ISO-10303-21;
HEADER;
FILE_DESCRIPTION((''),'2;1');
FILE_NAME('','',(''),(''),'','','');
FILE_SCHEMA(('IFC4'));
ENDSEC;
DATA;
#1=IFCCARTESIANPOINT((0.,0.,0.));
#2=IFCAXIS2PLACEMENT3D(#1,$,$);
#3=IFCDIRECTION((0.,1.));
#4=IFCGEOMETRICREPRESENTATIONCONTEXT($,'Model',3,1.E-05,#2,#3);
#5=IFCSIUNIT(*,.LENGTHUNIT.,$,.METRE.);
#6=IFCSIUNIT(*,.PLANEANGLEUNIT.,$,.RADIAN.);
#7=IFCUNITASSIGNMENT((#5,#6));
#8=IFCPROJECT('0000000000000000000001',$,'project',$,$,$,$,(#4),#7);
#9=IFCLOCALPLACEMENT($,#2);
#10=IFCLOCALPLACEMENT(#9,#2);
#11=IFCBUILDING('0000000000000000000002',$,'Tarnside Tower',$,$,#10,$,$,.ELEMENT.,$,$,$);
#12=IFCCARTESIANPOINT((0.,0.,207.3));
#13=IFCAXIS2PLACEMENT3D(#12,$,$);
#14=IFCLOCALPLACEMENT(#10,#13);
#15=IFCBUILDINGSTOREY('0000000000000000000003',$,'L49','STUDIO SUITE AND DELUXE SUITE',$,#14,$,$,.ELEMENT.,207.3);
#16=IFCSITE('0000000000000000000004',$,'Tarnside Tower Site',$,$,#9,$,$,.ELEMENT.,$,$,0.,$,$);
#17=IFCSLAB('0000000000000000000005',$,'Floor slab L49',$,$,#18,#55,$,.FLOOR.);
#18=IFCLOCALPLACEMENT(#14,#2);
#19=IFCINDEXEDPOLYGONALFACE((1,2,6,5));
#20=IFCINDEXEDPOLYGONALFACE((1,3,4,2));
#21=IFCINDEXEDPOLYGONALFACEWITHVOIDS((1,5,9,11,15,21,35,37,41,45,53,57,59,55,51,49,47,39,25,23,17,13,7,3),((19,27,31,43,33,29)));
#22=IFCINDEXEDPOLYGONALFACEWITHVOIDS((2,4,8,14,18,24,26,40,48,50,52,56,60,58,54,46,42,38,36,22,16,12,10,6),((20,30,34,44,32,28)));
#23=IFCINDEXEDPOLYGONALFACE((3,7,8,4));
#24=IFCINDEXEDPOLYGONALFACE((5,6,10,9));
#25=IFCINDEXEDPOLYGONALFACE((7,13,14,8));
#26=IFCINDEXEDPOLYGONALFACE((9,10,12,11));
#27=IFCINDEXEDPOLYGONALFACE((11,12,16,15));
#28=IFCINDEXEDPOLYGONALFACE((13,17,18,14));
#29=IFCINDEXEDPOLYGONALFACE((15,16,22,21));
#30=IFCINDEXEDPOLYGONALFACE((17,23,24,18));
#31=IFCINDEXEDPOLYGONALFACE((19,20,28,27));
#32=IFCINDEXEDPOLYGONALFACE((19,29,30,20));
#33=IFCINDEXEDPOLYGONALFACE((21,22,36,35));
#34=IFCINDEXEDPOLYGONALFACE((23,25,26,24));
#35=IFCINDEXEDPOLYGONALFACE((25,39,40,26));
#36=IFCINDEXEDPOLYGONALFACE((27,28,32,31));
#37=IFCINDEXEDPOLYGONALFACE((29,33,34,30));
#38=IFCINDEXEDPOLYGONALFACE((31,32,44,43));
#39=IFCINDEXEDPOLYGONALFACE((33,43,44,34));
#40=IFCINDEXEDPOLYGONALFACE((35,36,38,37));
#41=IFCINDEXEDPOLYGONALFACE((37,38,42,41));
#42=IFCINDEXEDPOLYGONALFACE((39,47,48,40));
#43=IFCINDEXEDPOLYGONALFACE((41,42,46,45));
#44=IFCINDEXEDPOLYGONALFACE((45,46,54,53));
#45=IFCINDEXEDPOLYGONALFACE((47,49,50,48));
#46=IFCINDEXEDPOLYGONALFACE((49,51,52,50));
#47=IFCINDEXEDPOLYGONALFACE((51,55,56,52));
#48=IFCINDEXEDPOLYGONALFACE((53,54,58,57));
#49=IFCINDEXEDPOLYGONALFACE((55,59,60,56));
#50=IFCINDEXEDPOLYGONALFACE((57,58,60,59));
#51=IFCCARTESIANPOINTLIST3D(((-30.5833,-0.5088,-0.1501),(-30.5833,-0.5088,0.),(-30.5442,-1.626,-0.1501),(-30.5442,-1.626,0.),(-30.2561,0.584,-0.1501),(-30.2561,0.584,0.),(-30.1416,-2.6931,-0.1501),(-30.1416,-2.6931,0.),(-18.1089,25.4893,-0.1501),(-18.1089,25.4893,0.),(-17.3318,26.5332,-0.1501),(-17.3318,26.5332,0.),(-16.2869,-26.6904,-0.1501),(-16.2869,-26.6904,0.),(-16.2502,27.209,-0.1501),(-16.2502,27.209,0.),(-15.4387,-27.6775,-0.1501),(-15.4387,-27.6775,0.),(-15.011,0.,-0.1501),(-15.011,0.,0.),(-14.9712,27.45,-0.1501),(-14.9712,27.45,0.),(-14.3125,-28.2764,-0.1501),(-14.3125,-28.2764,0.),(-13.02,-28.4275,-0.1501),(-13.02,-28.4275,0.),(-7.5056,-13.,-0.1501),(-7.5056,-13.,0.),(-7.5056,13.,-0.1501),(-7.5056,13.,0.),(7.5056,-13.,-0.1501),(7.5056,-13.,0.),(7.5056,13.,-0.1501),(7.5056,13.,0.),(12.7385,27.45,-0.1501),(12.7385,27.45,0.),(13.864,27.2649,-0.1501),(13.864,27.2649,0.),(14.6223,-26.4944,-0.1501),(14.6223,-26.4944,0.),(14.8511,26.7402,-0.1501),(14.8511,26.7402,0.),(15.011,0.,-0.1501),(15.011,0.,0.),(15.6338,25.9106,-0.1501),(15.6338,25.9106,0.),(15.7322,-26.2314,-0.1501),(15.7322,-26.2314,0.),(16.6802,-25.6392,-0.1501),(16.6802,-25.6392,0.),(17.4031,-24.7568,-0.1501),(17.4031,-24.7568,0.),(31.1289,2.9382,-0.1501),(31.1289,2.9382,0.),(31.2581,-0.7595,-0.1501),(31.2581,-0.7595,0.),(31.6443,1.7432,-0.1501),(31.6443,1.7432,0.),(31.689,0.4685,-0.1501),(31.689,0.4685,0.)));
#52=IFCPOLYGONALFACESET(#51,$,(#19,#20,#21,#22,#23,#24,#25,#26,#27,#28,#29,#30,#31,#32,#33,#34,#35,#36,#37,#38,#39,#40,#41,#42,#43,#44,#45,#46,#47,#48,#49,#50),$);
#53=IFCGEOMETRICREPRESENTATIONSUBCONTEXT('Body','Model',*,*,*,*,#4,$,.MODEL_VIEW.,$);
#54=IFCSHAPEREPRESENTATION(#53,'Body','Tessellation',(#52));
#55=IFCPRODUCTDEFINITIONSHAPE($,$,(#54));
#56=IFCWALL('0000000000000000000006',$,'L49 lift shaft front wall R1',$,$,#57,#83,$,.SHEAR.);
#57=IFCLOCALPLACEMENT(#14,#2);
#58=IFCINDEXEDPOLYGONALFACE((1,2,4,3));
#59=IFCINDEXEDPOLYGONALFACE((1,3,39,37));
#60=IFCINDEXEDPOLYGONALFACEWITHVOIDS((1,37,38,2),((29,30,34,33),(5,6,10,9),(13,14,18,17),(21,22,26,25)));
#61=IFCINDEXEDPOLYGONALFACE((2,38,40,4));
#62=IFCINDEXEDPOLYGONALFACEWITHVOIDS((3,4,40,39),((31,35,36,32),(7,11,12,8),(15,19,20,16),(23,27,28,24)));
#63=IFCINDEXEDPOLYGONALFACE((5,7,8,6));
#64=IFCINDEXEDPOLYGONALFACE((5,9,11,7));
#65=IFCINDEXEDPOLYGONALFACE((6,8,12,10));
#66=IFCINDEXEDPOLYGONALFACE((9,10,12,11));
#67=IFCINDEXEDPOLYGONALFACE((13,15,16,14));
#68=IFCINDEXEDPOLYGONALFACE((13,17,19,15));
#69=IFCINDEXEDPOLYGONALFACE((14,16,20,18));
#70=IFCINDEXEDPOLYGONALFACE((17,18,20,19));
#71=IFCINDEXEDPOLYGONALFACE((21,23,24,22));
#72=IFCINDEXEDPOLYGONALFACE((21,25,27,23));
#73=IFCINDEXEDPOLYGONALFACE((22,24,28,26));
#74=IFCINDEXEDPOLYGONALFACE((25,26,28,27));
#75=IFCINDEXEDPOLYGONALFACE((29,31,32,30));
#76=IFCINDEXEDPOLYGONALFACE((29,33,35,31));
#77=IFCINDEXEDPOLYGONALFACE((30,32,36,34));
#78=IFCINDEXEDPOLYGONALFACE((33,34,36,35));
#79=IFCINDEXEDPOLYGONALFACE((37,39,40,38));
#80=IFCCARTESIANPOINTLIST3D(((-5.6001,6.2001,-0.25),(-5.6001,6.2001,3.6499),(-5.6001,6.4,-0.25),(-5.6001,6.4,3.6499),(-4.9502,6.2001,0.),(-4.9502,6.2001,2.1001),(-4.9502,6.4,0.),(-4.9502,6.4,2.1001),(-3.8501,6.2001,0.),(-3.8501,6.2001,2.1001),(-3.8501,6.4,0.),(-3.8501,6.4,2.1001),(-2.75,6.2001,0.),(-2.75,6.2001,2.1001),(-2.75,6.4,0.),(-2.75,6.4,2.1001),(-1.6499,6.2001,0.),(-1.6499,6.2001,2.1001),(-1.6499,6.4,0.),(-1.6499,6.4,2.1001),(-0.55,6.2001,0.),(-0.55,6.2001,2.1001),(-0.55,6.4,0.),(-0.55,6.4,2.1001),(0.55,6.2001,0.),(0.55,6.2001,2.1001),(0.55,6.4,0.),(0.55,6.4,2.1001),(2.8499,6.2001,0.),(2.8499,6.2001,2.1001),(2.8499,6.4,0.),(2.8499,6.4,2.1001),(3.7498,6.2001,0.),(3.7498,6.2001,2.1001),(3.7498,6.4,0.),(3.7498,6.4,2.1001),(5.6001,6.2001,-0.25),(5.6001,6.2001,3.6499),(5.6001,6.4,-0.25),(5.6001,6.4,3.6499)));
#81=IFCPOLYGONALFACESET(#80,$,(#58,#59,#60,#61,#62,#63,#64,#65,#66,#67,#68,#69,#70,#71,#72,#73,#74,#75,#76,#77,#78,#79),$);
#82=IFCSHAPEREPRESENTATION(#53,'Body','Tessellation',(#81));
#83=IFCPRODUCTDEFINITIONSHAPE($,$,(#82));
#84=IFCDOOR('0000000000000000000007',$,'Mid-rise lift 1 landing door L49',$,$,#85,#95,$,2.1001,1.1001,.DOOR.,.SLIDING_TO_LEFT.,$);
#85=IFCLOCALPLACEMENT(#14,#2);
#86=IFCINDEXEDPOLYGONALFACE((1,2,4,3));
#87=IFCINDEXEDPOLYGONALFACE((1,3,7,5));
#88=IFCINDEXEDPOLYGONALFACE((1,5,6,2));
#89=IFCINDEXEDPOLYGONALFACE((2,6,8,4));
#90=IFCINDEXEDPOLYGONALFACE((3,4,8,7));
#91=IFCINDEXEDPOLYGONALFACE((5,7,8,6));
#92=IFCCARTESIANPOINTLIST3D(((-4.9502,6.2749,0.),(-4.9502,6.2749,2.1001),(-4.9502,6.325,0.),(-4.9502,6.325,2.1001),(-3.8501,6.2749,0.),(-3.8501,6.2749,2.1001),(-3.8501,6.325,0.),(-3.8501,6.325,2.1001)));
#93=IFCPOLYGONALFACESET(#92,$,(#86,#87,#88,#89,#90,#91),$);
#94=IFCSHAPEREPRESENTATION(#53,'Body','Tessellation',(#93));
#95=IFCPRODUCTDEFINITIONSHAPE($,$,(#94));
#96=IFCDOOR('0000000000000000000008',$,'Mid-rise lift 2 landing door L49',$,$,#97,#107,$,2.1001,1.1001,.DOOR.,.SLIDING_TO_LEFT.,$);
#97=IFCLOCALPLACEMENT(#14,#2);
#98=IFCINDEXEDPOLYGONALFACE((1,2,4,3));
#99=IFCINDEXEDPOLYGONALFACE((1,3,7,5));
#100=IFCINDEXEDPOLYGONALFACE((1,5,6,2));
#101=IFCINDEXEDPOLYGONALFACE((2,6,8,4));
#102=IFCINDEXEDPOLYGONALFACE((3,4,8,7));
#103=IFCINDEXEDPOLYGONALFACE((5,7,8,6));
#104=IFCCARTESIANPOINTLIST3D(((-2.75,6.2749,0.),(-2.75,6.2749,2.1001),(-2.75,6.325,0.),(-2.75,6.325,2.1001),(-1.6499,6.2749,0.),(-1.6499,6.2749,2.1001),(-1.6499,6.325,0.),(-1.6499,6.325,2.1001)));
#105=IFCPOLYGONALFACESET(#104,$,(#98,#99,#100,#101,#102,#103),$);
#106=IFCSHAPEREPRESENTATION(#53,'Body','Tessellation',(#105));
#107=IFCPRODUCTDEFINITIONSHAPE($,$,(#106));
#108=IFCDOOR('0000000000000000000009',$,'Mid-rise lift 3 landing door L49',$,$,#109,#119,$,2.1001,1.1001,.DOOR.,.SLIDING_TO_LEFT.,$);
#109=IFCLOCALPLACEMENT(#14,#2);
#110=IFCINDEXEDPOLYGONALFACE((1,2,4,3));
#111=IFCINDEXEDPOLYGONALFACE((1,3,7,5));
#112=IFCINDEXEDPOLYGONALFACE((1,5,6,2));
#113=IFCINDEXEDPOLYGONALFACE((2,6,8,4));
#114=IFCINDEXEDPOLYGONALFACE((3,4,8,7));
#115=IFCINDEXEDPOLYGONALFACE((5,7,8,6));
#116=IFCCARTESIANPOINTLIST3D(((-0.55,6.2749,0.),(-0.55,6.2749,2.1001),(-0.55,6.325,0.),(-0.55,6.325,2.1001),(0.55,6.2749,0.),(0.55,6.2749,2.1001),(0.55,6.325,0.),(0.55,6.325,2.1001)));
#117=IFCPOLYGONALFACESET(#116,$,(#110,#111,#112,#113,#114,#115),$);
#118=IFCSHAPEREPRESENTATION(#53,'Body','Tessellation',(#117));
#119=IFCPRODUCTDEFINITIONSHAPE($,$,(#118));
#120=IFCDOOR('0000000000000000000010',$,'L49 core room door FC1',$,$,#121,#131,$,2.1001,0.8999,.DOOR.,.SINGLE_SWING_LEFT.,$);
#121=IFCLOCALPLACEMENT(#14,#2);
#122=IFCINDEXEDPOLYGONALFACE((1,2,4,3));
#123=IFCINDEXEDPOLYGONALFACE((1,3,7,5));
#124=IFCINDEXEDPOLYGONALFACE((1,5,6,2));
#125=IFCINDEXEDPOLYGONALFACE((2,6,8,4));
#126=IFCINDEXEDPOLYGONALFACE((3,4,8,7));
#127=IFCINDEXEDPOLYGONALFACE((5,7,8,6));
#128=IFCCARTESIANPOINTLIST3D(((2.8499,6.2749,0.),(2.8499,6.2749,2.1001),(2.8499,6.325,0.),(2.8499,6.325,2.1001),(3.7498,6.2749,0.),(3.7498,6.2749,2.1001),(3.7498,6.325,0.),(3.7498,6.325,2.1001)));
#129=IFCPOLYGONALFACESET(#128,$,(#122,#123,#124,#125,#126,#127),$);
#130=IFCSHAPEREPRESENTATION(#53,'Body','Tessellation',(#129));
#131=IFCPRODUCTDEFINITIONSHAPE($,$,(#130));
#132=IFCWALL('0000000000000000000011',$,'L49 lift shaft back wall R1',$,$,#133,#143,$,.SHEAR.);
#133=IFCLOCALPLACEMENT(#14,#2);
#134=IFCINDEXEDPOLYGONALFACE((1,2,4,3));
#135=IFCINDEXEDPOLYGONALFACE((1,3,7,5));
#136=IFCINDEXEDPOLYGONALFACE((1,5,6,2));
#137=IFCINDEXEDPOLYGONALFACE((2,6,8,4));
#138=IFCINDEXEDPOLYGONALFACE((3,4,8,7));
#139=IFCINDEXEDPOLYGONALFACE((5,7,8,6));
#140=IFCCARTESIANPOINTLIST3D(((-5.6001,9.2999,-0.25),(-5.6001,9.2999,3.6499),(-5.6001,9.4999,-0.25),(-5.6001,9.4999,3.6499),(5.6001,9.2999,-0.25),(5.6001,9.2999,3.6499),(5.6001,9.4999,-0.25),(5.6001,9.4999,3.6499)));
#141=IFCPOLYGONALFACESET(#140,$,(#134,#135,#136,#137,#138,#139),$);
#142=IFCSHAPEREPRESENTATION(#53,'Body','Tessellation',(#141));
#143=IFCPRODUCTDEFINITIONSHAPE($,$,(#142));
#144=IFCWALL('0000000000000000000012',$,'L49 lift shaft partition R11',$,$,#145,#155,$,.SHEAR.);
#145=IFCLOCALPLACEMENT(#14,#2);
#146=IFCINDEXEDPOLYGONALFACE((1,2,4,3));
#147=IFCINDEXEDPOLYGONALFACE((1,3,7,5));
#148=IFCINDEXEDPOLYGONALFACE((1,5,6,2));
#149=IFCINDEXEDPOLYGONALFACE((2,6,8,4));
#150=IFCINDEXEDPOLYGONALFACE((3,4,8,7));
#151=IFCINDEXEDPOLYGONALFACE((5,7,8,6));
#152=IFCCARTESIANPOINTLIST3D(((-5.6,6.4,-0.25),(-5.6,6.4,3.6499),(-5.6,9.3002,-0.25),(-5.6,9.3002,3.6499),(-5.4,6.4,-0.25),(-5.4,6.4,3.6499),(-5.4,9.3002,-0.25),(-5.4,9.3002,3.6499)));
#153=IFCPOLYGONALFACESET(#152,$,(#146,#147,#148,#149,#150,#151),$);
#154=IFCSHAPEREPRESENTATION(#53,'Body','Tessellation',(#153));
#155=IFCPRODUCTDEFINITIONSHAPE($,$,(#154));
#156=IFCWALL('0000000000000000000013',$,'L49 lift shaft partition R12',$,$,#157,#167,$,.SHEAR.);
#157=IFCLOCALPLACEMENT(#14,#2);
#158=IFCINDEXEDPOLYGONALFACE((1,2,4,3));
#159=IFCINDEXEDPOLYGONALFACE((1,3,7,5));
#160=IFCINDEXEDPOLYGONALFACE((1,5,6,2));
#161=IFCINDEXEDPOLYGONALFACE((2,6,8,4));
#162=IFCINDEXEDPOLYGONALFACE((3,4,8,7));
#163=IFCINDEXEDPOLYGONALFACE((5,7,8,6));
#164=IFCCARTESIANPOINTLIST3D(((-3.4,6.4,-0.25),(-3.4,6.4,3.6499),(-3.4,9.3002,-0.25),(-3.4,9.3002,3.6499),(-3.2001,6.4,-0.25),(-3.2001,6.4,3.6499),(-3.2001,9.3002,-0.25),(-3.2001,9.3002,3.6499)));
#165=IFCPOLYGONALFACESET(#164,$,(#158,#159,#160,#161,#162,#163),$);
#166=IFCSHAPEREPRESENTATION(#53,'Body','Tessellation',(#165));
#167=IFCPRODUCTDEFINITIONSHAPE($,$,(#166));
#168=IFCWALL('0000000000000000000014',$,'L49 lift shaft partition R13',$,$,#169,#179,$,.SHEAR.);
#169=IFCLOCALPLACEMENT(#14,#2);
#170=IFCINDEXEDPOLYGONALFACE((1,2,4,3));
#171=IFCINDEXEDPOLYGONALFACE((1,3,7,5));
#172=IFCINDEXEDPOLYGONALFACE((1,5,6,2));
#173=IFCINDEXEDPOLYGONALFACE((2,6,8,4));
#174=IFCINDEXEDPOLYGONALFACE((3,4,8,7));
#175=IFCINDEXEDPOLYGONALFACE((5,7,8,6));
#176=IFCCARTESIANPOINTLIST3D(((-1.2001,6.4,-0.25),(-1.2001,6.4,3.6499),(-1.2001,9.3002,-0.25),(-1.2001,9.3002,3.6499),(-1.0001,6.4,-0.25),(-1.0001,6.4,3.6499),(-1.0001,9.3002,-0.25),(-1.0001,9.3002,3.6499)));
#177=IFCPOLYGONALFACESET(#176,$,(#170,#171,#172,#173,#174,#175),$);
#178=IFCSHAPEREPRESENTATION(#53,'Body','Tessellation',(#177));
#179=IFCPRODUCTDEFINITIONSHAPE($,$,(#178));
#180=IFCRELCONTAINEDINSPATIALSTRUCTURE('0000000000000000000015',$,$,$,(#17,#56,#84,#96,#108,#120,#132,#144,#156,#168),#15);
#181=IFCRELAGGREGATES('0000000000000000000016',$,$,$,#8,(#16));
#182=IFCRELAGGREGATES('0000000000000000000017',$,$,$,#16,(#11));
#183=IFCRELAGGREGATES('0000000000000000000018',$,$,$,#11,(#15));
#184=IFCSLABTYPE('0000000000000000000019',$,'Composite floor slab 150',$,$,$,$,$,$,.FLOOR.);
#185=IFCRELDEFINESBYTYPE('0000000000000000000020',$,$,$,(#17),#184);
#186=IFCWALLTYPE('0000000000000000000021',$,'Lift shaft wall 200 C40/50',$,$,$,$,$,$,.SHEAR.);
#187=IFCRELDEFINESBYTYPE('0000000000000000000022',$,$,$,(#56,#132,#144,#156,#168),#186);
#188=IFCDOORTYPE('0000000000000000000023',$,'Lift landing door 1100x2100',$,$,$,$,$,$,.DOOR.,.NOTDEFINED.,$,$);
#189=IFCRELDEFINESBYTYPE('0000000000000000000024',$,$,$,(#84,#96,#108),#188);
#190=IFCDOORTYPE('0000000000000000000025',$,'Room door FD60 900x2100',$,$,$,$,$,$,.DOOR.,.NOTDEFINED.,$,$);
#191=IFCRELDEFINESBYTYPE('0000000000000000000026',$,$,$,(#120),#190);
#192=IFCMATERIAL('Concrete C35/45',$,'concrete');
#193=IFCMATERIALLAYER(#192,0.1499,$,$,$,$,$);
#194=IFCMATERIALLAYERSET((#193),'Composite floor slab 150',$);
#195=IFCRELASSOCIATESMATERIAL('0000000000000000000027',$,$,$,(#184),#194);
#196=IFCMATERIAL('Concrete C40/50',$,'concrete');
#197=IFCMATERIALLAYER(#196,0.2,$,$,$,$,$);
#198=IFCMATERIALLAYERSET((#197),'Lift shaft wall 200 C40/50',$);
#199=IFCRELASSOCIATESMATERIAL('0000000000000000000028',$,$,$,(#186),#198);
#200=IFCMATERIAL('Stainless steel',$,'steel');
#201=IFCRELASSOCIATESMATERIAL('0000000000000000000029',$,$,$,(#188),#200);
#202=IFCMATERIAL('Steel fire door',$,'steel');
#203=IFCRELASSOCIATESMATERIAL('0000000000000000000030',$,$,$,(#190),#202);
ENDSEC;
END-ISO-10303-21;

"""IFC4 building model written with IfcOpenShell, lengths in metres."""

from ifc_helpers import new_model, si_unit, direction, frame, frame_2d, origin, place, context, subcontext, project, spatial, polyline, rectangle, outline, extrude, material, layer, layer_set, type_object, element, fill, save


model = new_model("IFC4")

# Units and contexts
model_context = context("Model", 3, precision=1e-05, world=origin(), true_north=direction((0.0, 1.0)))
body_context = subcontext(model_context, "Body", "Model", "MODEL_VIEW")
ifc_project = project(units=[si_unit("LENGTHUNIT", "METRE"), si_unit("PLANEANGLEUNIT", "RADIAN")], contexts=[model_context])

# Site, building, storey
site_placement = place(None, origin())
site = spatial("IfcSite", under=ifc_project, at=site_placement, Name="Tarnside Tower Site", CompositionType="ELEMENT", RefElevation=0.0)
building_placement = place(site_placement, origin())
building = spatial("IfcBuilding", under=site, at=building_placement, Name="Tarnside Tower", CompositionType="ELEMENT")
storey_placement = place(building_placement, frame((0.0, 0.0, 207.3)))
storey = spatial("IfcBuildingStorey", under=building, at=storey_placement, Name="L49", Description="STUDIO SUITE AND DELUXE SUITE", CompositionType="ELEMENT", Elevation=207.3)

# Slab
ifc_material_1 = material(Name="Concrete C35/45", Category="concrete")
ifc_layer_1 = layer(ifc_material_1, 0.1499)
ifc_layer_set_1 = layer_set([ifc_layer_1], Name="Composite floor slab 150")
slab_type = type_object("IfcSlabType", Name="Composite floor slab 150", PredefinedType="FLOOR", material=ifc_layer_set_1)
slab_placement = place(storey_placement, frame((0.0, 0.0, -0.1501)))
element("IfcSlab", 1, at=slab_placement, inside=storey, type_object=slab_type, Name="Floor slab L49", PredefinedType="FLOOR", context=body_context, shape_type="SweptSolid", body=[
    extrude(outline(polyline([(13.864, 27.2649), (14.8511, 26.7402), (15.6338, 25.9106), (31.1289, 2.9382), (31.6443, 1.7432), (31.689, 0.4685), (31.2581, -0.7595), (17.4031, -24.7568), (16.6802, -25.6392), (15.7322, -26.2314), (14.6223, -26.4944), (-13.02, -28.4275), (-14.3125, -28.2764), (-15.4387, -27.6775), (-16.2869, -26.6904), (-30.1416, -2.6931), (-30.5442, -1.626), (-30.5833, -0.5088), (-30.2561, 0.584), (-18.1089, 25.4893), (-17.3318, 26.5332), (-16.2502, 27.209), (-14.9712, 27.45), (12.7385, 27.45), (13.864, 27.2649)]), holes=[polyline([(-15.011, 0.0), (-7.5056, -13.0), (7.5056, -13.0), (15.011, 0.0), (7.5056, 13.0), (-7.5056, 13.0), (-15.011, 0.0)])]), origin(), (0.0, 0.0, 1.0), 0.1501),
])

# Wall, openings, doors
ifc_material_2 = material(Name="Concrete C40/50", Category="concrete")
ifc_layer_2 = layer(ifc_material_2, 0.2)
ifc_layer_set_2 = layer_set([ifc_layer_2], Name="Lift shaft wall 200 C40/50")
wall_type = type_object("IfcWallType", Name="Lift shaft wall 200 C40/50", PredefinedType="SHEAR", material=ifc_layer_set_2)
wall_1_placement = place(storey_placement, frame((-5.6001, 6.3, -0.25), z_axis=(0.0, 0.0, 1.0), x_axis=(1.0, 0.0, 0.0)))
wall_1 = element("IfcWall", 2, at=wall_1_placement, inside=storey, type_object=wall_type, Name="L49 lift shaft front wall R1", PredefinedType="SHEAR", context=body_context, shape_type="SweptSolid", body=[
    extrude(rectangle(XDim=11.2002, YDim=0.2, at=frame_2d((5.6001, 0.0))), origin(), (0.0, 0.0, 1.0), 3.8999),
])
opening_1_placement = place(wall_1_placement, frame((8.45, 0.0, 0.25)))
opening_1 = element("IfcOpeningElement", 3, at=opening_1_placement, cuts=wall_1, PredefinedType="OPENING", context=body_context, shape_type="SweptSolid", body=[
    extrude(rectangle(XDim=0.8999, YDim=2.1001, at=frame_2d((0.45, 1.05))), frame((0.0, 0.1099, 0.0), z_axis=(0.0, -1.0, 0.0), x_axis=(1.0, 0.0, 0.0)), (0.0, 0.0, 1.0), 0.22),
])
opening_2_placement = place(wall_1_placement, frame((0.6499, 0.0, 0.25)))
opening_2 = element("IfcOpeningElement", 4, at=opening_2_placement, cuts=wall_1, PredefinedType="OPENING", context=body_context, shape_type="SweptSolid", body=[
    extrude(rectangle(XDim=1.1001, YDim=2.1001, at=frame_2d((0.55, 1.05))), frame((0.0, 0.1099, 0.0), z_axis=(0.0, -1.0, 0.0), x_axis=(1.0, 0.0, 0.0)), (0.0, 0.0, 1.0), 0.22),
])
opening_3_placement = place(wall_1_placement, frame((2.8501, 0.0, 0.25)))
opening_3 = element("IfcOpeningElement", 5, at=opening_3_placement, cuts=wall_1, PredefinedType="OPENING", context=body_context, shape_type="SweptSolid", body=[
    extrude(rectangle(XDim=1.1001, YDim=2.1001, at=frame_2d((0.55, 1.05))), frame((0.0, 0.1099, 0.0), z_axis=(0.0, -1.0, 0.0), x_axis=(1.0, 0.0, 0.0)), (0.0, 0.0, 1.0), 0.22),
])
opening_4_placement = place(wall_1_placement, frame((5.05, 0.0, 0.25)))
opening_4 = element("IfcOpeningElement", 6, at=opening_4_placement, cuts=wall_1, PredefinedType="OPENING", context=body_context, shape_type="SweptSolid", body=[
    extrude(rectangle(XDim=1.1001, YDim=2.1001, at=frame_2d((0.55, 1.05))), frame((0.0, 0.1099, 0.0), z_axis=(0.0, -1.0, 0.0), x_axis=(1.0, 0.0, 0.0)), (0.0, 0.0, 1.0), 0.22),
])
ifc_material_3 = material(Name="Stainless steel", Category="steel")
door_type_1 = type_object("IfcDoorType", Name="Lift landing door 1100x2100", OperationType="NOTDEFINED", PredefinedType="DOOR", material=ifc_material_3)
door_1_placement = place(opening_2_placement, origin())
door_1 = element("IfcDoor", 7, at=door_1_placement, inside=storey, type_object=door_type_1, Name="Mid-rise lift 1 landing door L49", OperationType="SLIDING_TO_LEFT", OverallHeight=2.1001, OverallWidth=1.1001, PredefinedType="DOOR", context=body_context, shape_type="SweptSolid", body=[
    extrude(rectangle(XDim=1.1001, YDim=2.1001, at=frame_2d((0.55, 1.05))), frame((0.0, 0.0249, 0.0), z_axis=(0.0, -1.0, 0.0), x_axis=(1.0, 0.0, 0.0)), (0.0, 0.0, 1.0), 0.05),
])
fill(opening_2, door_1)
door_2_placement = place(opening_3_placement, origin())
door_2 = element("IfcDoor", 8, at=door_2_placement, inside=storey, type_object=door_type_1, Name="Mid-rise lift 2 landing door L49", OperationType="SLIDING_TO_LEFT", OverallHeight=2.1001, OverallWidth=1.1001, PredefinedType="DOOR", context=body_context, shape_type="SweptSolid", body=[
    extrude(rectangle(XDim=1.1001, YDim=2.1001, at=frame_2d((0.55, 1.05))), frame((0.0, 0.0249, 0.0), z_axis=(0.0, -1.0, 0.0), x_axis=(1.0, 0.0, 0.0)), (0.0, 0.0, 1.0), 0.05),
])
fill(opening_3, door_2)
door_3_placement = place(opening_4_placement, origin())
door_3 = element("IfcDoor", 9, at=door_3_placement, inside=storey, type_object=door_type_1, Name="Mid-rise lift 3 landing door L49", OperationType="SLIDING_TO_LEFT", OverallHeight=2.1001, OverallWidth=1.1001, PredefinedType="DOOR", context=body_context, shape_type="SweptSolid", body=[
    extrude(rectangle(XDim=1.1001, YDim=2.1001, at=frame_2d((0.55, 1.05))), frame((0.0, 0.0249, 0.0), z_axis=(0.0, -1.0, 0.0), x_axis=(1.0, 0.0, 0.0)), (0.0, 0.0, 1.0), 0.05),
])
fill(opening_4, door_3)
ifc_material_4 = material(Name="Steel fire door", Category="steel")
door_type_2 = type_object("IfcDoorType", Name="Room door FD60 900x2100", OperationType="NOTDEFINED", PredefinedType="DOOR", material=ifc_material_4)
door_4_placement = place(opening_1_placement, origin())
door_4 = element("IfcDoor", 10, at=door_4_placement, inside=storey, type_object=door_type_2, Name="L49 core room door FC1", OperationType="SINGLE_SWING_LEFT", OverallHeight=2.1001, OverallWidth=0.8999, PredefinedType="DOOR", context=body_context, shape_type="SweptSolid", body=[
    extrude(rectangle(XDim=0.8999, YDim=2.1001, at=frame_2d((0.45, 1.05))), frame((0.0, 0.0249, 0.0), z_axis=(0.0, -1.0, 0.0), x_axis=(1.0, 0.0, 0.0)), (0.0, 0.0, 1.0), 0.05),
])
fill(opening_1, door_4)

# Walls
wall_2_placement = place(storey_placement, frame((-5.6001, 9.3999, -0.25), z_axis=(0.0, 0.0, 1.0), x_axis=(1.0, 0.0, 0.0)))
element("IfcWall", 11, at=wall_2_placement, inside=storey, type_object=wall_type, Name="L49 lift shaft back wall R1", PredefinedType="SHEAR", context=body_context, shape_type="SweptSolid", body=[
    extrude(rectangle(XDim=11.2002, YDim=0.2, at=frame_2d((5.6001, 0.0))), origin(), (0.0, 0.0, 1.0), 3.8999),
])
for number, where, z_axis, x_axis, name in (
    (12, (-5.5, 6.3999, -0.25), (0.0, 0.0, 1.0), (0.0, 1.0, 0.0), "L49 lift shaft partition R11"),
    (13, (-3.3, 6.3999, -0.25), (0.0, 0.0, 1.0), (0.0, 1.0, 0.0), "L49 lift shaft partition R12"),
    (14, (-1.1001, 6.3999, -0.25), (0.0, 0.0, 1.0), (0.0, 1.0, 0.0), "L49 lift shaft partition R13"),
):
    element("IfcWall", number, at=place(storey_placement, frame(where, z_axis=z_axis, x_axis=x_axis)), inside=storey, type_object=wall_type, Name=name, PredefinedType="SHEAR", context=body_context, shape_type="SweptSolid", body=[
        extrude(rectangle(XDim=2.9001, YDim=0.2, at=frame_2d((1.4502, 0.0))), origin(), (0.0, 0.0, 1.0), 3.8999),
    ])

save(model, "model.ifc")
